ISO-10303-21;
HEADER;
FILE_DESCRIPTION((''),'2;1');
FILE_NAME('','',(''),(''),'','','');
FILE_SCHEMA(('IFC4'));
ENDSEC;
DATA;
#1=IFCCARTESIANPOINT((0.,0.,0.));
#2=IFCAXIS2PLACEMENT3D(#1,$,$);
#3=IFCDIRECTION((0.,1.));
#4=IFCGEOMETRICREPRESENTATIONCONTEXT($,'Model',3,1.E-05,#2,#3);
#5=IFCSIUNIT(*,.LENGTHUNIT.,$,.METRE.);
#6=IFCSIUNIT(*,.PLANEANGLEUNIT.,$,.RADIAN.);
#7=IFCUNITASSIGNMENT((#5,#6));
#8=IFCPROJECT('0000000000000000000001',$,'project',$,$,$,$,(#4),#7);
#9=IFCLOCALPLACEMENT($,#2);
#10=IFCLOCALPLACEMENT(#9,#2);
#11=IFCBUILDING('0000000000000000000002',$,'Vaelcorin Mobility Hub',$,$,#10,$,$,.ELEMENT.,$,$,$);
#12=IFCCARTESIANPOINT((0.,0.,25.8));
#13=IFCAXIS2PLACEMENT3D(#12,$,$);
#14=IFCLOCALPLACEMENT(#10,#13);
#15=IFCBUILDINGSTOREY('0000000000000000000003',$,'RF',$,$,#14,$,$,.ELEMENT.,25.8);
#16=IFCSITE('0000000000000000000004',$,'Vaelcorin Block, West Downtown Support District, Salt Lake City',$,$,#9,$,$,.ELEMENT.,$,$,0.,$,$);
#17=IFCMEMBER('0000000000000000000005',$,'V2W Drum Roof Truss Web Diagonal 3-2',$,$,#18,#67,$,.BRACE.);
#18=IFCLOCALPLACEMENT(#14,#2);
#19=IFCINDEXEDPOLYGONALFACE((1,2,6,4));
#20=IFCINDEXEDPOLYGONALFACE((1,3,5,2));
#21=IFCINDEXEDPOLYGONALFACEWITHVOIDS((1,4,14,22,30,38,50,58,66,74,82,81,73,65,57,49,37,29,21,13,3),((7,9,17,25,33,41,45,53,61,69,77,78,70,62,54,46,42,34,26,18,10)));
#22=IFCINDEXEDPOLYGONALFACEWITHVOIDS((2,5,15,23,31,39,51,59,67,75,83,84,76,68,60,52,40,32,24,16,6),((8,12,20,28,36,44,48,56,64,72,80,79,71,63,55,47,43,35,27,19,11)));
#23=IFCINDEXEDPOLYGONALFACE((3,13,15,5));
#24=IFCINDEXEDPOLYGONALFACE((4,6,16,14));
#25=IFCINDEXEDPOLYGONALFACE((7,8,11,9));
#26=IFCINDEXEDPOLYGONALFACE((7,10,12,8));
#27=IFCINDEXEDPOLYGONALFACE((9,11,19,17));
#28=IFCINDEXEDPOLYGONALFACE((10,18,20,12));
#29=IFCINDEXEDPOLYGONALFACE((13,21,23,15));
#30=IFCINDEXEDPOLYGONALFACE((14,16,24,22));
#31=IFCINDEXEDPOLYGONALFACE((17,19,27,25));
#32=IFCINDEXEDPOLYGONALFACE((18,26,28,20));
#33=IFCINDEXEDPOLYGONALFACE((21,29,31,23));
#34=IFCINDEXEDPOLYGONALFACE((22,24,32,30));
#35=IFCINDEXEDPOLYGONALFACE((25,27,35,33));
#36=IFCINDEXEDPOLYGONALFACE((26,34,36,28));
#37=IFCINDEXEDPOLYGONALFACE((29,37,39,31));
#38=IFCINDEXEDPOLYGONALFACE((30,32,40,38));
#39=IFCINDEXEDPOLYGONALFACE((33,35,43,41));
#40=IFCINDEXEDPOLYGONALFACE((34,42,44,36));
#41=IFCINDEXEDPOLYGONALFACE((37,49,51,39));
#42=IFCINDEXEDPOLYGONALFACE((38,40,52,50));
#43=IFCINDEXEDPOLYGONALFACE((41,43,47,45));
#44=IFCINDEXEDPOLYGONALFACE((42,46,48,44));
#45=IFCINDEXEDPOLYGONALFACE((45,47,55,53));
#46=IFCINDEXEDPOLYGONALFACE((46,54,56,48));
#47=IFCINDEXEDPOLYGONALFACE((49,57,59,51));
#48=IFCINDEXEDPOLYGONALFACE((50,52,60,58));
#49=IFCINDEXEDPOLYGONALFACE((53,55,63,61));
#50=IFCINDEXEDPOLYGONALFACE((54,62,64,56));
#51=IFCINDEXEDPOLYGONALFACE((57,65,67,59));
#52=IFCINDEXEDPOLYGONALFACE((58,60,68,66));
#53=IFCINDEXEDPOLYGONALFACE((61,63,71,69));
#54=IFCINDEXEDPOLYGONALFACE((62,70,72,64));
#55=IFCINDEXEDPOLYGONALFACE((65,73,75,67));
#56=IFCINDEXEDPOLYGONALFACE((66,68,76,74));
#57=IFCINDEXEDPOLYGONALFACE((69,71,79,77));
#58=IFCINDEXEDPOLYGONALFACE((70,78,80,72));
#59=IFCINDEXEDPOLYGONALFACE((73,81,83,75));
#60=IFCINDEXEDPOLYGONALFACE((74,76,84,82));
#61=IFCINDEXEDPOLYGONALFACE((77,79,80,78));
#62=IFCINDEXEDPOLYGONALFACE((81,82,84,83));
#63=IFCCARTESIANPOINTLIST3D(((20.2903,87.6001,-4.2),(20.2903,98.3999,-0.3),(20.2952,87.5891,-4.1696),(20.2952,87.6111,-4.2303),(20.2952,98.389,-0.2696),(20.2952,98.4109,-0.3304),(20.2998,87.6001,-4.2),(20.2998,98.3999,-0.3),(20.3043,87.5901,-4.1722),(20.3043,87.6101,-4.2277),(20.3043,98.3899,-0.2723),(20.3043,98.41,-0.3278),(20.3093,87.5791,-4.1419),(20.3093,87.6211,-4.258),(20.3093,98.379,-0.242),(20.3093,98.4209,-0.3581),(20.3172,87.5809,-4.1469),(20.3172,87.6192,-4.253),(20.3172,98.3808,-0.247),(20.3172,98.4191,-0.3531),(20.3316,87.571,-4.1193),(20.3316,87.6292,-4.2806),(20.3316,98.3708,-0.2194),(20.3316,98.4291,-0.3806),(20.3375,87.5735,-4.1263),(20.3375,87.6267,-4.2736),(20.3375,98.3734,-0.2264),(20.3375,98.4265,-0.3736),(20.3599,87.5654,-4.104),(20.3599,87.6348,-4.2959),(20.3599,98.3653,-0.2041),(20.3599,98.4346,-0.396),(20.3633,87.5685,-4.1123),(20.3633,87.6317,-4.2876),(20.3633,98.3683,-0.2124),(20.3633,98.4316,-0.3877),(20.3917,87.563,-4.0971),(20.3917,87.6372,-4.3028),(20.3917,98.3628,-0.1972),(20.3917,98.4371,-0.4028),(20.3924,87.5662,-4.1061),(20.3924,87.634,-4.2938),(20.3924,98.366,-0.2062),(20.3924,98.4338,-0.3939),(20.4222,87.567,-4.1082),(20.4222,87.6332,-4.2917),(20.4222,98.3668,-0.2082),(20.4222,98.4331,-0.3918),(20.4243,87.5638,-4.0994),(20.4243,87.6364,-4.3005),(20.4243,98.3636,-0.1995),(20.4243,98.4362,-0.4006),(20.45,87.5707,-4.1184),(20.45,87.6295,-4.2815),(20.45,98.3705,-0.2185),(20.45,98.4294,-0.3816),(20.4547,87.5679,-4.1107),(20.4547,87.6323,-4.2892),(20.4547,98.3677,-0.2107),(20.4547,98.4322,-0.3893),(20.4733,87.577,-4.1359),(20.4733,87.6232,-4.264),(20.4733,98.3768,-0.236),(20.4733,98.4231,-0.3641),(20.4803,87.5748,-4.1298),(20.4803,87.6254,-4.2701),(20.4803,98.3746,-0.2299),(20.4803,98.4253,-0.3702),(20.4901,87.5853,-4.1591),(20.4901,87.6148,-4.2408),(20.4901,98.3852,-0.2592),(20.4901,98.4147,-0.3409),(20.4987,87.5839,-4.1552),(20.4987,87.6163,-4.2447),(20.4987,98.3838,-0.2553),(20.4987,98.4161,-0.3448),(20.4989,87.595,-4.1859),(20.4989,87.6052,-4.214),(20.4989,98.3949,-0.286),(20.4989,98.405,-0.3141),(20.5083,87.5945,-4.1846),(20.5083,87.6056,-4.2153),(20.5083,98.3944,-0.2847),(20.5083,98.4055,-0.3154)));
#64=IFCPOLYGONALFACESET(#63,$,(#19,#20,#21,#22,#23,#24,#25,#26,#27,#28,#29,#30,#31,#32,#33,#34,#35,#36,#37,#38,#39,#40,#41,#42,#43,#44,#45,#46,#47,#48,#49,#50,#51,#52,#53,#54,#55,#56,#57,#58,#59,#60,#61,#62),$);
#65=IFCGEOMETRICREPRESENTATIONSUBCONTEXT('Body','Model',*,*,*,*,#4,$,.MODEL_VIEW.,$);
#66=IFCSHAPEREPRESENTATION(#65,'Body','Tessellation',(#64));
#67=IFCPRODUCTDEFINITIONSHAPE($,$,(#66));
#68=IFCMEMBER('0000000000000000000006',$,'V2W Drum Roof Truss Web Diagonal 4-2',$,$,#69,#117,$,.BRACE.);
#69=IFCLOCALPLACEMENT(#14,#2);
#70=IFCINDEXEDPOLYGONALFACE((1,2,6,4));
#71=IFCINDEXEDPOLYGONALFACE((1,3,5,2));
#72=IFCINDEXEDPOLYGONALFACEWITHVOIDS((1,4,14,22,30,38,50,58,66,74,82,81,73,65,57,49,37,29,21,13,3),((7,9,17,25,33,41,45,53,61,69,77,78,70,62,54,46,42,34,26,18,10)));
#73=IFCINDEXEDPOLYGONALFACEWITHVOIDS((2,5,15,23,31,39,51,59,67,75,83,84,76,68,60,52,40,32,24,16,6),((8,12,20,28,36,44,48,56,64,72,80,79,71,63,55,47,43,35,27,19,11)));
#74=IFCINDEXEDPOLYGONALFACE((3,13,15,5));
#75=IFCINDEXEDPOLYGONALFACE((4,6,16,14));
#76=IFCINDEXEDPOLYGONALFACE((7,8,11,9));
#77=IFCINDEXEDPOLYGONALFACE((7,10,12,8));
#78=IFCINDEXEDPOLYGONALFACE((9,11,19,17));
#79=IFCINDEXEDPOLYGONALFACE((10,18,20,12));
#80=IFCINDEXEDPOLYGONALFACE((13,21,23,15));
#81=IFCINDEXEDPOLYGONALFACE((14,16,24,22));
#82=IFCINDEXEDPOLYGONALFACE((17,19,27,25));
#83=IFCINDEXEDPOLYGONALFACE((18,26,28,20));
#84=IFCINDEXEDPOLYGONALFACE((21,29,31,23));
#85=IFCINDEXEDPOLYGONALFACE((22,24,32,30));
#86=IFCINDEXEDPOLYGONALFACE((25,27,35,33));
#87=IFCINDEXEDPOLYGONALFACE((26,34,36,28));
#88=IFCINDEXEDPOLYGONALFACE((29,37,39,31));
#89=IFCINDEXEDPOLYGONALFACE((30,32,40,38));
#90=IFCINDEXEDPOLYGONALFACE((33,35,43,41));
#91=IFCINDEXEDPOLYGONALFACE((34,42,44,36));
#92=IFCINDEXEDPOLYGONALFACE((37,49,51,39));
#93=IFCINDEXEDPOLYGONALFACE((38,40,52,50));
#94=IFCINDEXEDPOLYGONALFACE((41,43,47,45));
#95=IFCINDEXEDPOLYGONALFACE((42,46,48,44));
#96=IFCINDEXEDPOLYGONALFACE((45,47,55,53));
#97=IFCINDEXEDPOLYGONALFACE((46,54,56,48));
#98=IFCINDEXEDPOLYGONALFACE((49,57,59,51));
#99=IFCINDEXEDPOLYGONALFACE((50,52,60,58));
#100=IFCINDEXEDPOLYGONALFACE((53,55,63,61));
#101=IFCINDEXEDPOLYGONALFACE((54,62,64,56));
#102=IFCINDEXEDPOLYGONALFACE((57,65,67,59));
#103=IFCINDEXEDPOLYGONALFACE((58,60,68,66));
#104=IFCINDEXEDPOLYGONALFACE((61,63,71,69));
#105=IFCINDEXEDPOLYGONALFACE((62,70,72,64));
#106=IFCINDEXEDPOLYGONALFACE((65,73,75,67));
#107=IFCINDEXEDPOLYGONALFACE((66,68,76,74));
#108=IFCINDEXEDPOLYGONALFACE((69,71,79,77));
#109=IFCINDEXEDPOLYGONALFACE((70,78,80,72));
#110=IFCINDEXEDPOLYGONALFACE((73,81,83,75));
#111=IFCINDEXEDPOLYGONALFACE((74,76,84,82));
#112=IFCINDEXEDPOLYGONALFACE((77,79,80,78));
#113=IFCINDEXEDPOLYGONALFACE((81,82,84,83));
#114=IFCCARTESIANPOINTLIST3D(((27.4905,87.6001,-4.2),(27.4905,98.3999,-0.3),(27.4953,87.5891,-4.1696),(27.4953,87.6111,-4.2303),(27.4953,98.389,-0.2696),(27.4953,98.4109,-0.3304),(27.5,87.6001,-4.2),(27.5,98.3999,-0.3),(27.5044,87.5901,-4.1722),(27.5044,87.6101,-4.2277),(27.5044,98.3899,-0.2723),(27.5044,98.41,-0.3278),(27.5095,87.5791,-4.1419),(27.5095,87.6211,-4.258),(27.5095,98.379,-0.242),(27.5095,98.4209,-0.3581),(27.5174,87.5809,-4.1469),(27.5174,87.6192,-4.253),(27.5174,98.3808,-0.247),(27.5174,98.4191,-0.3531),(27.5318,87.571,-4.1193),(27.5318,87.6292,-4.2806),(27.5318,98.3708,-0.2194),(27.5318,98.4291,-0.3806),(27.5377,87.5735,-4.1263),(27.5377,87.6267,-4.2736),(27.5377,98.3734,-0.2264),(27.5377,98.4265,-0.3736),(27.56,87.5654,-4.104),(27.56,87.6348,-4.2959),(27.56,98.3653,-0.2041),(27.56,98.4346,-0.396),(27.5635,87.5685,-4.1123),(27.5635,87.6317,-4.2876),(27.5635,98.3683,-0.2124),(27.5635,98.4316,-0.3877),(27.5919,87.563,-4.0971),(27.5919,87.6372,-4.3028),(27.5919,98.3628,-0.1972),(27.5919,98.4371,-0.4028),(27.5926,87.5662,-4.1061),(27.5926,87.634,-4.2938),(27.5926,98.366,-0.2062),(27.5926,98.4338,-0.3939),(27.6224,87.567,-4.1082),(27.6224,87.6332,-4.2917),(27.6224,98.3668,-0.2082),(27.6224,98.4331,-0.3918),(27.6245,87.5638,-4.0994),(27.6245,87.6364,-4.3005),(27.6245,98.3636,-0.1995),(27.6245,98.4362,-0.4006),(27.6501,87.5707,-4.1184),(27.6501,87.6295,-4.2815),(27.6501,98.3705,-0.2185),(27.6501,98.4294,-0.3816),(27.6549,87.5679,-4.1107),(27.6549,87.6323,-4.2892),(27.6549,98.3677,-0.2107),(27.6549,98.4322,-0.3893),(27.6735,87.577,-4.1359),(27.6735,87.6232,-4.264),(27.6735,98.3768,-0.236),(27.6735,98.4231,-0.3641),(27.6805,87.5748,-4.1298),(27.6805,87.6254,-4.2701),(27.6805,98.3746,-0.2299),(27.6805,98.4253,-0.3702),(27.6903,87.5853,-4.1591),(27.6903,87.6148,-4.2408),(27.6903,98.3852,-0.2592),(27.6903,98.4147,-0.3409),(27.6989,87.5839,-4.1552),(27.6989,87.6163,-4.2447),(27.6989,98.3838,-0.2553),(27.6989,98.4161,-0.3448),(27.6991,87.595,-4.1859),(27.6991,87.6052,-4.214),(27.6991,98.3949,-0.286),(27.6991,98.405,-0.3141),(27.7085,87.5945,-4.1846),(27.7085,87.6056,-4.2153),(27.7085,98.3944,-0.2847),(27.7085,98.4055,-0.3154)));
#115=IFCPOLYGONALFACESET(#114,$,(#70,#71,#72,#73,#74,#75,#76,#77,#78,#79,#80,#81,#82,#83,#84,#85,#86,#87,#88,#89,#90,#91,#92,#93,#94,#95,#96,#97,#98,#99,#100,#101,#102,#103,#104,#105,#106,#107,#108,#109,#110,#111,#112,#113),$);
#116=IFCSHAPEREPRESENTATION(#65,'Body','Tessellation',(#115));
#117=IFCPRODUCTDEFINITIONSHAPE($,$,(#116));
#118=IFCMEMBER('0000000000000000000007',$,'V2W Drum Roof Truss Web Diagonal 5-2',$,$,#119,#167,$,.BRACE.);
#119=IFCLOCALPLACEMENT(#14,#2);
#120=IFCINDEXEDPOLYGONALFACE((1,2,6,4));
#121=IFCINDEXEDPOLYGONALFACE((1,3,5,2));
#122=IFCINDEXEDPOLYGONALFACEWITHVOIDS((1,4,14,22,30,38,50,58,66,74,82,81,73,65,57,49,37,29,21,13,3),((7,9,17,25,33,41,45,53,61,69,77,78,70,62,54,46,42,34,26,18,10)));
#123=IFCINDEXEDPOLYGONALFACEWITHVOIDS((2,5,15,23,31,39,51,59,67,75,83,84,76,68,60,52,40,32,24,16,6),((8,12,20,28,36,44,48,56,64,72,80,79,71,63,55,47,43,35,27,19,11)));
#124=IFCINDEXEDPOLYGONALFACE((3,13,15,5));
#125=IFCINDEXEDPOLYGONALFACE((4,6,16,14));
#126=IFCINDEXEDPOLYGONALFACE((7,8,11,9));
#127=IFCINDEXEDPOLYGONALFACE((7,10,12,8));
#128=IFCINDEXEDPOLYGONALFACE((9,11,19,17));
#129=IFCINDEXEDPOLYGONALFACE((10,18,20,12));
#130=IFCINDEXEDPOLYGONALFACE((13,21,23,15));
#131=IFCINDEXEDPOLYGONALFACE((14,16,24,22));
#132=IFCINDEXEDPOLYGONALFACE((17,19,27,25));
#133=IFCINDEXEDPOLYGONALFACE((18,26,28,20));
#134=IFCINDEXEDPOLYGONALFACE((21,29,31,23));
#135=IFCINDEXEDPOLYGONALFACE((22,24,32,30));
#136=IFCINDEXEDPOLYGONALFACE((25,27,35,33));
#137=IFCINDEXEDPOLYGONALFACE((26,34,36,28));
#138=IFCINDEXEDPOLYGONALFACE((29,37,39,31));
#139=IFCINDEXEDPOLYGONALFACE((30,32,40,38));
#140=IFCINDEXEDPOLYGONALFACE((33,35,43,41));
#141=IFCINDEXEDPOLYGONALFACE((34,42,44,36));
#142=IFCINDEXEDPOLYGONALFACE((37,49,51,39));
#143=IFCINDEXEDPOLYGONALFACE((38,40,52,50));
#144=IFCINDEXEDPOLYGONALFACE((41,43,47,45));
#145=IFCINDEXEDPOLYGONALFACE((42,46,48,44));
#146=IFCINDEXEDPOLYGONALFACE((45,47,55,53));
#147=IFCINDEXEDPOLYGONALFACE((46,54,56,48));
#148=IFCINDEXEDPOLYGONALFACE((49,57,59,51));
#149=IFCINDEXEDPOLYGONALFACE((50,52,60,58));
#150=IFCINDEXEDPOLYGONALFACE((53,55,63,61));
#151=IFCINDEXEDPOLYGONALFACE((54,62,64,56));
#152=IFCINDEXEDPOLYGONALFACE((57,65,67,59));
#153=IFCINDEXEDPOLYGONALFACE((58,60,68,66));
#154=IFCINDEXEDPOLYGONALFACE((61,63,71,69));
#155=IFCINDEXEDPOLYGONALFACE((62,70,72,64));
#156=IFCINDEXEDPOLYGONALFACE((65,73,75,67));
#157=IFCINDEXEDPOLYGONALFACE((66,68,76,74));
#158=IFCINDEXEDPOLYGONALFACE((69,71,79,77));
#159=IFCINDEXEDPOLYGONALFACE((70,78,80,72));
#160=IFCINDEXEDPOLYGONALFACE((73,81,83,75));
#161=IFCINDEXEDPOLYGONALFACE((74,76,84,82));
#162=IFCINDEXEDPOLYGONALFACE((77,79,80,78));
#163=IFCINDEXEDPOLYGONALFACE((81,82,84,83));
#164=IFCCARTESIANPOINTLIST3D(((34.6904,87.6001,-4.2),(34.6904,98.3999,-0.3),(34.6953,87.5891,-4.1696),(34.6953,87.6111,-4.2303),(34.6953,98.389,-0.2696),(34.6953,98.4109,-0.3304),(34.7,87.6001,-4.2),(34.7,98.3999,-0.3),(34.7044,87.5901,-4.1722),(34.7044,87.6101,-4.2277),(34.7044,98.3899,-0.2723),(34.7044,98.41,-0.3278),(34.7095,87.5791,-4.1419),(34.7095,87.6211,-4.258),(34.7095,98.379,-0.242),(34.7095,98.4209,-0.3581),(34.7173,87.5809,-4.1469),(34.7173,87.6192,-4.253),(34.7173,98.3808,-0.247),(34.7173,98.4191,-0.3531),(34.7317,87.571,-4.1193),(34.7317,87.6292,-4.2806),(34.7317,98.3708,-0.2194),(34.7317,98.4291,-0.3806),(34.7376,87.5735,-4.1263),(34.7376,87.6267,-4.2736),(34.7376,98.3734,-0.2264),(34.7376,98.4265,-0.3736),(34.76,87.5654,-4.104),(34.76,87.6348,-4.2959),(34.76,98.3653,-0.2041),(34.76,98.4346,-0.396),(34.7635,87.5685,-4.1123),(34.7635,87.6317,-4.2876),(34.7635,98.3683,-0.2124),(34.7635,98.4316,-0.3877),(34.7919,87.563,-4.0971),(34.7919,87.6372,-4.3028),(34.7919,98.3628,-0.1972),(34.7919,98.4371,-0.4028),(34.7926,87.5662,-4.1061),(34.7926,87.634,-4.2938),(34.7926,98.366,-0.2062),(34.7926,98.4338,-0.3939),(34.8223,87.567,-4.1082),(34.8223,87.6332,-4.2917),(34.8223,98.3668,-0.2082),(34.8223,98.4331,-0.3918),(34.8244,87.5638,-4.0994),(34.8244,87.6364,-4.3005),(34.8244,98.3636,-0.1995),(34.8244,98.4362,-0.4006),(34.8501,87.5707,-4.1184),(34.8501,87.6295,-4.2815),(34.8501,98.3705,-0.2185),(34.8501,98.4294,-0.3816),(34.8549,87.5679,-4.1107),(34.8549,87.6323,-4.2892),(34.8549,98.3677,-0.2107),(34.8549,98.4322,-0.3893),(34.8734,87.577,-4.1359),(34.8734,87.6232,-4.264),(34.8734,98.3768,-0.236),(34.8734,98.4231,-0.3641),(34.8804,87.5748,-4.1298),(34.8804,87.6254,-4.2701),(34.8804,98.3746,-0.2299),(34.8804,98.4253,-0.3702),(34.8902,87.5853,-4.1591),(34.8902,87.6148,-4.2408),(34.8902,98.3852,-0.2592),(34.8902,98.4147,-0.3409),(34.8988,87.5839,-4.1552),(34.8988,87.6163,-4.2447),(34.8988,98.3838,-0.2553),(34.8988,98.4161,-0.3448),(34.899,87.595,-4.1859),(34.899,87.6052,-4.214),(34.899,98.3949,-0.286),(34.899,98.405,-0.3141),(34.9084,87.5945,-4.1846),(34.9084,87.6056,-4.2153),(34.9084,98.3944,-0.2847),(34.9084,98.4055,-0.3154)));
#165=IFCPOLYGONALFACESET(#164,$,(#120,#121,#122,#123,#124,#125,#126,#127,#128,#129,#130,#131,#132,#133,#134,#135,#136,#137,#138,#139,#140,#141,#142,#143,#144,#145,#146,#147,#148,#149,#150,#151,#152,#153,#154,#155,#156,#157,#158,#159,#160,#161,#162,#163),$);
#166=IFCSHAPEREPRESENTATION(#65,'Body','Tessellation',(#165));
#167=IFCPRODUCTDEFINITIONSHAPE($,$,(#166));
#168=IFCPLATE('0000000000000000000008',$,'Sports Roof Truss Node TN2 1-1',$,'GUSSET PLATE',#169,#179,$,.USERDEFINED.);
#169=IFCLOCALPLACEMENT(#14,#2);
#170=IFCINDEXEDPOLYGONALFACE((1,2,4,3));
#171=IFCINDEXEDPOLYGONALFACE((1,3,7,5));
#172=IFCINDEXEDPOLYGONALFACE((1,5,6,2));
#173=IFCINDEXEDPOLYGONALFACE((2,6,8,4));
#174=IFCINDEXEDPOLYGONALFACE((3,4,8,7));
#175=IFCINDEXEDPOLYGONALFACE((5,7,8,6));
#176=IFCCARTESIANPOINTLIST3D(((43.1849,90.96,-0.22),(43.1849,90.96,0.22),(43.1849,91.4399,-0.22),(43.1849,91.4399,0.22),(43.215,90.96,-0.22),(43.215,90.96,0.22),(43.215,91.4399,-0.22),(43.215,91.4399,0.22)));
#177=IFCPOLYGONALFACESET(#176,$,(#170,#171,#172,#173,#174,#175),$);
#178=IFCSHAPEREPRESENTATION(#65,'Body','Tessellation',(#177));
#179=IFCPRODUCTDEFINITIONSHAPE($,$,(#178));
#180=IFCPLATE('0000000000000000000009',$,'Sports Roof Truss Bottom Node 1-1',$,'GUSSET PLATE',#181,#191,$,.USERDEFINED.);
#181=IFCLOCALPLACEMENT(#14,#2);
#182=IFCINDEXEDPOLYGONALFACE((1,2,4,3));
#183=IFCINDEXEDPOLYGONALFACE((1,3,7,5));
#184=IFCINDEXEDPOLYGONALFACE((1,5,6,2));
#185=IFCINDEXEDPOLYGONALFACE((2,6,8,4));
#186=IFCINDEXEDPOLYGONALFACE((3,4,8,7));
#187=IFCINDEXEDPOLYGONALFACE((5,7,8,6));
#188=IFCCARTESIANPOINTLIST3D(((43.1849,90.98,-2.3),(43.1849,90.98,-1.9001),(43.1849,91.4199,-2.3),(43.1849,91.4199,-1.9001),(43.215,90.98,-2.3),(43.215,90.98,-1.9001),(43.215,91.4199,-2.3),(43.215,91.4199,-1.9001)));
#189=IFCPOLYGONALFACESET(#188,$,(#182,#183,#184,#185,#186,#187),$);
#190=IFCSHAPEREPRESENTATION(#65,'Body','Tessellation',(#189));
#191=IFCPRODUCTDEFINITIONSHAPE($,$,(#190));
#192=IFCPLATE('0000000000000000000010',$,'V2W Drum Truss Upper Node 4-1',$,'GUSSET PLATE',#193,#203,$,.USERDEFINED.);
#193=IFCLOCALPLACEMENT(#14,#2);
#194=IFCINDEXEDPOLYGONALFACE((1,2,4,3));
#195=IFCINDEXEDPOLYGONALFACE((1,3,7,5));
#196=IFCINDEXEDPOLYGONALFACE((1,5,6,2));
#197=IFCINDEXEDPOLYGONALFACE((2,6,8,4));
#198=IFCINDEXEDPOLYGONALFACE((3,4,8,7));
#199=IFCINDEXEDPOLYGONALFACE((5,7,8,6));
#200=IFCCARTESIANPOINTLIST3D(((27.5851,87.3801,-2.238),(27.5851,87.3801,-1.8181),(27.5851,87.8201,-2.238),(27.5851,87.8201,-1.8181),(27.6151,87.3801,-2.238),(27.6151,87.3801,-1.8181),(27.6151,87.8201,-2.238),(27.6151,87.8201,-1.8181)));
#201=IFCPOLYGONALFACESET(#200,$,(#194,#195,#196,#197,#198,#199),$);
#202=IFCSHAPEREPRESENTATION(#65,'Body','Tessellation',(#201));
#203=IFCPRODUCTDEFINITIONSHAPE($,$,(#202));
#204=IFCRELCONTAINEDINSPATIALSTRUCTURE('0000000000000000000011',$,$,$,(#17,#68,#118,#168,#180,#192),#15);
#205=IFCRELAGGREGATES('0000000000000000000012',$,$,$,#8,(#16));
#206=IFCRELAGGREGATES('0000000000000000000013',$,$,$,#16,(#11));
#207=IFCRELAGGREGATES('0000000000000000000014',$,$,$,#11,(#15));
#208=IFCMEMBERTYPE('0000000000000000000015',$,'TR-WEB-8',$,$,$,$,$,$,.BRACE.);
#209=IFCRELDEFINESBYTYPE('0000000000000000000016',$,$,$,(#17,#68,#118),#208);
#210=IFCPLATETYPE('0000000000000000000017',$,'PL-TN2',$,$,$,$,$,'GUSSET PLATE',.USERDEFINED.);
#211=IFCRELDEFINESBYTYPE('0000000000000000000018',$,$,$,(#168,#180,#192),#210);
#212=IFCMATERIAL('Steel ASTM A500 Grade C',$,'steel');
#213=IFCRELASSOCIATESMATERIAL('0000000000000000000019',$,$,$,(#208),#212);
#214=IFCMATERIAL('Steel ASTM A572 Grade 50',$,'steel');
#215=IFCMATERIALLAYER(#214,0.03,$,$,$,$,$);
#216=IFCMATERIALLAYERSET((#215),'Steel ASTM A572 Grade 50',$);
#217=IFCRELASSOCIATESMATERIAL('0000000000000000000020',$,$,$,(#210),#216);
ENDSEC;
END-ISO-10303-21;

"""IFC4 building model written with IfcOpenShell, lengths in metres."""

from ifc_helpers import new_model, si_unit, direction, frame, origin, origin_2d, place, context, subcontext, project, spatial, rectangle, hollow_circle, extrude, material, layer, layer_set, material_profile, profile_set, type_object, element, save


model = new_model("IFC4")

# Units and contexts
model_context = context("Model", 3, precision=1e-05, world=origin(), true_north=direction((0.0, 1.0)))
body_context = subcontext(model_context, "Body", "Model", "MODEL_VIEW")
ifc_project = project(units=[si_unit("LENGTHUNIT", "METRE"), si_unit("PLANEANGLEUNIT", "RADIAN")], contexts=[model_context])

# Site, building, storey
site_placement = place(None, origin())
site = spatial("IfcSite", under=ifc_project, at=site_placement, Name="Vaelcorin Block, West Downtown Support District, Salt Lake City", CompositionType="ELEMENT", RefElevation=0.0)
building_placement = place(site_placement, origin())
building = spatial("IfcBuilding", under=site, at=building_placement, Name="Vaelcorin Mobility Hub", CompositionType="ELEMENT")
storey_placement = place(building_placement, frame((0.0, 0.0, 25.8)))
storey = spatial("IfcBuildingStorey", under=building, at=storey_placement, Name="RF", CompositionType="ELEMENT", Elevation=25.8)

# Shared definitions
ifc_material_1 = material(Name="Steel ASTM A500 Grade C", Category="steel")

# Members
ifc_material_profile_1 = material_profile(ifc_material_1, hollow_circle(Radius=0.1096, WallThickness=0.0095, at=origin_2d()), Name="HSS8.625X0.375")
ifc_profile_set_1 = profile_set([ifc_material_profile_1], Name="Steel ASTM A500 Grade C")
member_type_1 = type_object("IfcMemberType", Name="TR-WEB-8", PredefinedType="BRACE", material=ifc_profile_set_1)
for number, where, z_axis, x_axis, name in (
    (1, (20.3999, 87.6001, -4.2), (0.0, 0.940555, 0.339642), (-1.0, 0.0, 0.0), "V2W Drum Roof Truss Web Diagonal 3-2"),
    (2, (27.6001, 87.6001, -4.2), (0.0, 0.940555, 0.339642), (-1.0, 0.0, 0.0), "V2W Drum Roof Truss Web Diagonal 4-2"),
    (3, (34.8, 87.6001, -4.2), (0.0, 0.940555, 0.339642), (-1.0, 0.0, 0.0), "V2W Drum Roof Truss Web Diagonal 5-2"),
):
    element("IfcMember", number, at=place(storey_placement, frame(where, z_axis=z_axis, x_axis=x_axis)), inside=storey, type_object=member_type_1, Name=name, PredefinedType="BRACE", context=body_context, shape_type="SweptSolid", body=[
        extrude(hollow_circle(Radius=0.1096, WallThickness=0.0095, at=origin_2d()), origin(), (0.0, 0.0, 1.0), 11.4824),
    ])

# Plates
ifc_material_2 = material(Name="Steel ASTM A572 Grade 50", Category="steel")
ifc_layer_1 = layer(ifc_material_2, 0.03)
ifc_layer_set_1 = layer_set([ifc_layer_1], Name="Steel ASTM A572 Grade 50")
plate_type = type_object("IfcPlateType", Name="PL-TN2", ElementType="GUSSET PLATE", PredefinedType="USERDEFINED", material=ifc_layer_set_1)
plate_1_placement = place(storey_placement, frame((43.2, 91.2, -0.22), z_axis=(0.0, 0.0, 1.0), x_axis=(1.0, 0.0, 0.0)))
element("IfcPlate", 4, at=plate_1_placement, inside=storey, type_object=plate_type, Name="Sports Roof Truss Node TN2 1-1", ObjectType="GUSSET PLATE", PredefinedType="USERDEFINED", context=body_context, shape_type="SweptSolid", body=[
    extrude(rectangle(XDim=0.03, YDim=0.48, at=origin_2d()), origin(), (0.0, 0.0, 1.0), 0.4399),
])
plate_2_placement = place(storey_placement, frame((43.2, 91.2, -2.3), z_axis=(0.0, 0.0, 1.0), x_axis=(1.0, 0.0, 0.0)))
element("IfcPlate", 5, at=plate_2_placement, inside=storey, type_object=plate_type, Name="Sports Roof Truss Bottom Node 1-1", ObjectType="GUSSET PLATE", PredefinedType="USERDEFINED", context=body_context, shape_type="SweptSolid", body=[
    extrude(rectangle(XDim=0.03, YDim=0.4399, at=origin_2d()), origin(), (0.0, 0.0, 1.0), 0.3999),
])
for number, where, z_axis, x_axis, name in (
    (6, (27.6001, 87.6001, -2.238), (0.0, 0.0, 1.0), (1.0, 0.0, 0.0), "V2W Drum Truss Upper Node 4-1"),
):
    element("IfcPlate", number, at=place(storey_placement, frame(where, z_axis=z_axis, x_axis=x_axis)), inside=storey, type_object=plate_type, Name=name, ObjectType="GUSSET PLATE", PredefinedType="USERDEFINED", context=body_context, shape_type="SweptSolid", body=[
        extrude(rectangle(XDim=0.03, YDim=0.4399, at=origin_2d()), origin(), (0.0, 0.0, 1.0), 0.4199),
    ])

save(model, "model.ifc")
